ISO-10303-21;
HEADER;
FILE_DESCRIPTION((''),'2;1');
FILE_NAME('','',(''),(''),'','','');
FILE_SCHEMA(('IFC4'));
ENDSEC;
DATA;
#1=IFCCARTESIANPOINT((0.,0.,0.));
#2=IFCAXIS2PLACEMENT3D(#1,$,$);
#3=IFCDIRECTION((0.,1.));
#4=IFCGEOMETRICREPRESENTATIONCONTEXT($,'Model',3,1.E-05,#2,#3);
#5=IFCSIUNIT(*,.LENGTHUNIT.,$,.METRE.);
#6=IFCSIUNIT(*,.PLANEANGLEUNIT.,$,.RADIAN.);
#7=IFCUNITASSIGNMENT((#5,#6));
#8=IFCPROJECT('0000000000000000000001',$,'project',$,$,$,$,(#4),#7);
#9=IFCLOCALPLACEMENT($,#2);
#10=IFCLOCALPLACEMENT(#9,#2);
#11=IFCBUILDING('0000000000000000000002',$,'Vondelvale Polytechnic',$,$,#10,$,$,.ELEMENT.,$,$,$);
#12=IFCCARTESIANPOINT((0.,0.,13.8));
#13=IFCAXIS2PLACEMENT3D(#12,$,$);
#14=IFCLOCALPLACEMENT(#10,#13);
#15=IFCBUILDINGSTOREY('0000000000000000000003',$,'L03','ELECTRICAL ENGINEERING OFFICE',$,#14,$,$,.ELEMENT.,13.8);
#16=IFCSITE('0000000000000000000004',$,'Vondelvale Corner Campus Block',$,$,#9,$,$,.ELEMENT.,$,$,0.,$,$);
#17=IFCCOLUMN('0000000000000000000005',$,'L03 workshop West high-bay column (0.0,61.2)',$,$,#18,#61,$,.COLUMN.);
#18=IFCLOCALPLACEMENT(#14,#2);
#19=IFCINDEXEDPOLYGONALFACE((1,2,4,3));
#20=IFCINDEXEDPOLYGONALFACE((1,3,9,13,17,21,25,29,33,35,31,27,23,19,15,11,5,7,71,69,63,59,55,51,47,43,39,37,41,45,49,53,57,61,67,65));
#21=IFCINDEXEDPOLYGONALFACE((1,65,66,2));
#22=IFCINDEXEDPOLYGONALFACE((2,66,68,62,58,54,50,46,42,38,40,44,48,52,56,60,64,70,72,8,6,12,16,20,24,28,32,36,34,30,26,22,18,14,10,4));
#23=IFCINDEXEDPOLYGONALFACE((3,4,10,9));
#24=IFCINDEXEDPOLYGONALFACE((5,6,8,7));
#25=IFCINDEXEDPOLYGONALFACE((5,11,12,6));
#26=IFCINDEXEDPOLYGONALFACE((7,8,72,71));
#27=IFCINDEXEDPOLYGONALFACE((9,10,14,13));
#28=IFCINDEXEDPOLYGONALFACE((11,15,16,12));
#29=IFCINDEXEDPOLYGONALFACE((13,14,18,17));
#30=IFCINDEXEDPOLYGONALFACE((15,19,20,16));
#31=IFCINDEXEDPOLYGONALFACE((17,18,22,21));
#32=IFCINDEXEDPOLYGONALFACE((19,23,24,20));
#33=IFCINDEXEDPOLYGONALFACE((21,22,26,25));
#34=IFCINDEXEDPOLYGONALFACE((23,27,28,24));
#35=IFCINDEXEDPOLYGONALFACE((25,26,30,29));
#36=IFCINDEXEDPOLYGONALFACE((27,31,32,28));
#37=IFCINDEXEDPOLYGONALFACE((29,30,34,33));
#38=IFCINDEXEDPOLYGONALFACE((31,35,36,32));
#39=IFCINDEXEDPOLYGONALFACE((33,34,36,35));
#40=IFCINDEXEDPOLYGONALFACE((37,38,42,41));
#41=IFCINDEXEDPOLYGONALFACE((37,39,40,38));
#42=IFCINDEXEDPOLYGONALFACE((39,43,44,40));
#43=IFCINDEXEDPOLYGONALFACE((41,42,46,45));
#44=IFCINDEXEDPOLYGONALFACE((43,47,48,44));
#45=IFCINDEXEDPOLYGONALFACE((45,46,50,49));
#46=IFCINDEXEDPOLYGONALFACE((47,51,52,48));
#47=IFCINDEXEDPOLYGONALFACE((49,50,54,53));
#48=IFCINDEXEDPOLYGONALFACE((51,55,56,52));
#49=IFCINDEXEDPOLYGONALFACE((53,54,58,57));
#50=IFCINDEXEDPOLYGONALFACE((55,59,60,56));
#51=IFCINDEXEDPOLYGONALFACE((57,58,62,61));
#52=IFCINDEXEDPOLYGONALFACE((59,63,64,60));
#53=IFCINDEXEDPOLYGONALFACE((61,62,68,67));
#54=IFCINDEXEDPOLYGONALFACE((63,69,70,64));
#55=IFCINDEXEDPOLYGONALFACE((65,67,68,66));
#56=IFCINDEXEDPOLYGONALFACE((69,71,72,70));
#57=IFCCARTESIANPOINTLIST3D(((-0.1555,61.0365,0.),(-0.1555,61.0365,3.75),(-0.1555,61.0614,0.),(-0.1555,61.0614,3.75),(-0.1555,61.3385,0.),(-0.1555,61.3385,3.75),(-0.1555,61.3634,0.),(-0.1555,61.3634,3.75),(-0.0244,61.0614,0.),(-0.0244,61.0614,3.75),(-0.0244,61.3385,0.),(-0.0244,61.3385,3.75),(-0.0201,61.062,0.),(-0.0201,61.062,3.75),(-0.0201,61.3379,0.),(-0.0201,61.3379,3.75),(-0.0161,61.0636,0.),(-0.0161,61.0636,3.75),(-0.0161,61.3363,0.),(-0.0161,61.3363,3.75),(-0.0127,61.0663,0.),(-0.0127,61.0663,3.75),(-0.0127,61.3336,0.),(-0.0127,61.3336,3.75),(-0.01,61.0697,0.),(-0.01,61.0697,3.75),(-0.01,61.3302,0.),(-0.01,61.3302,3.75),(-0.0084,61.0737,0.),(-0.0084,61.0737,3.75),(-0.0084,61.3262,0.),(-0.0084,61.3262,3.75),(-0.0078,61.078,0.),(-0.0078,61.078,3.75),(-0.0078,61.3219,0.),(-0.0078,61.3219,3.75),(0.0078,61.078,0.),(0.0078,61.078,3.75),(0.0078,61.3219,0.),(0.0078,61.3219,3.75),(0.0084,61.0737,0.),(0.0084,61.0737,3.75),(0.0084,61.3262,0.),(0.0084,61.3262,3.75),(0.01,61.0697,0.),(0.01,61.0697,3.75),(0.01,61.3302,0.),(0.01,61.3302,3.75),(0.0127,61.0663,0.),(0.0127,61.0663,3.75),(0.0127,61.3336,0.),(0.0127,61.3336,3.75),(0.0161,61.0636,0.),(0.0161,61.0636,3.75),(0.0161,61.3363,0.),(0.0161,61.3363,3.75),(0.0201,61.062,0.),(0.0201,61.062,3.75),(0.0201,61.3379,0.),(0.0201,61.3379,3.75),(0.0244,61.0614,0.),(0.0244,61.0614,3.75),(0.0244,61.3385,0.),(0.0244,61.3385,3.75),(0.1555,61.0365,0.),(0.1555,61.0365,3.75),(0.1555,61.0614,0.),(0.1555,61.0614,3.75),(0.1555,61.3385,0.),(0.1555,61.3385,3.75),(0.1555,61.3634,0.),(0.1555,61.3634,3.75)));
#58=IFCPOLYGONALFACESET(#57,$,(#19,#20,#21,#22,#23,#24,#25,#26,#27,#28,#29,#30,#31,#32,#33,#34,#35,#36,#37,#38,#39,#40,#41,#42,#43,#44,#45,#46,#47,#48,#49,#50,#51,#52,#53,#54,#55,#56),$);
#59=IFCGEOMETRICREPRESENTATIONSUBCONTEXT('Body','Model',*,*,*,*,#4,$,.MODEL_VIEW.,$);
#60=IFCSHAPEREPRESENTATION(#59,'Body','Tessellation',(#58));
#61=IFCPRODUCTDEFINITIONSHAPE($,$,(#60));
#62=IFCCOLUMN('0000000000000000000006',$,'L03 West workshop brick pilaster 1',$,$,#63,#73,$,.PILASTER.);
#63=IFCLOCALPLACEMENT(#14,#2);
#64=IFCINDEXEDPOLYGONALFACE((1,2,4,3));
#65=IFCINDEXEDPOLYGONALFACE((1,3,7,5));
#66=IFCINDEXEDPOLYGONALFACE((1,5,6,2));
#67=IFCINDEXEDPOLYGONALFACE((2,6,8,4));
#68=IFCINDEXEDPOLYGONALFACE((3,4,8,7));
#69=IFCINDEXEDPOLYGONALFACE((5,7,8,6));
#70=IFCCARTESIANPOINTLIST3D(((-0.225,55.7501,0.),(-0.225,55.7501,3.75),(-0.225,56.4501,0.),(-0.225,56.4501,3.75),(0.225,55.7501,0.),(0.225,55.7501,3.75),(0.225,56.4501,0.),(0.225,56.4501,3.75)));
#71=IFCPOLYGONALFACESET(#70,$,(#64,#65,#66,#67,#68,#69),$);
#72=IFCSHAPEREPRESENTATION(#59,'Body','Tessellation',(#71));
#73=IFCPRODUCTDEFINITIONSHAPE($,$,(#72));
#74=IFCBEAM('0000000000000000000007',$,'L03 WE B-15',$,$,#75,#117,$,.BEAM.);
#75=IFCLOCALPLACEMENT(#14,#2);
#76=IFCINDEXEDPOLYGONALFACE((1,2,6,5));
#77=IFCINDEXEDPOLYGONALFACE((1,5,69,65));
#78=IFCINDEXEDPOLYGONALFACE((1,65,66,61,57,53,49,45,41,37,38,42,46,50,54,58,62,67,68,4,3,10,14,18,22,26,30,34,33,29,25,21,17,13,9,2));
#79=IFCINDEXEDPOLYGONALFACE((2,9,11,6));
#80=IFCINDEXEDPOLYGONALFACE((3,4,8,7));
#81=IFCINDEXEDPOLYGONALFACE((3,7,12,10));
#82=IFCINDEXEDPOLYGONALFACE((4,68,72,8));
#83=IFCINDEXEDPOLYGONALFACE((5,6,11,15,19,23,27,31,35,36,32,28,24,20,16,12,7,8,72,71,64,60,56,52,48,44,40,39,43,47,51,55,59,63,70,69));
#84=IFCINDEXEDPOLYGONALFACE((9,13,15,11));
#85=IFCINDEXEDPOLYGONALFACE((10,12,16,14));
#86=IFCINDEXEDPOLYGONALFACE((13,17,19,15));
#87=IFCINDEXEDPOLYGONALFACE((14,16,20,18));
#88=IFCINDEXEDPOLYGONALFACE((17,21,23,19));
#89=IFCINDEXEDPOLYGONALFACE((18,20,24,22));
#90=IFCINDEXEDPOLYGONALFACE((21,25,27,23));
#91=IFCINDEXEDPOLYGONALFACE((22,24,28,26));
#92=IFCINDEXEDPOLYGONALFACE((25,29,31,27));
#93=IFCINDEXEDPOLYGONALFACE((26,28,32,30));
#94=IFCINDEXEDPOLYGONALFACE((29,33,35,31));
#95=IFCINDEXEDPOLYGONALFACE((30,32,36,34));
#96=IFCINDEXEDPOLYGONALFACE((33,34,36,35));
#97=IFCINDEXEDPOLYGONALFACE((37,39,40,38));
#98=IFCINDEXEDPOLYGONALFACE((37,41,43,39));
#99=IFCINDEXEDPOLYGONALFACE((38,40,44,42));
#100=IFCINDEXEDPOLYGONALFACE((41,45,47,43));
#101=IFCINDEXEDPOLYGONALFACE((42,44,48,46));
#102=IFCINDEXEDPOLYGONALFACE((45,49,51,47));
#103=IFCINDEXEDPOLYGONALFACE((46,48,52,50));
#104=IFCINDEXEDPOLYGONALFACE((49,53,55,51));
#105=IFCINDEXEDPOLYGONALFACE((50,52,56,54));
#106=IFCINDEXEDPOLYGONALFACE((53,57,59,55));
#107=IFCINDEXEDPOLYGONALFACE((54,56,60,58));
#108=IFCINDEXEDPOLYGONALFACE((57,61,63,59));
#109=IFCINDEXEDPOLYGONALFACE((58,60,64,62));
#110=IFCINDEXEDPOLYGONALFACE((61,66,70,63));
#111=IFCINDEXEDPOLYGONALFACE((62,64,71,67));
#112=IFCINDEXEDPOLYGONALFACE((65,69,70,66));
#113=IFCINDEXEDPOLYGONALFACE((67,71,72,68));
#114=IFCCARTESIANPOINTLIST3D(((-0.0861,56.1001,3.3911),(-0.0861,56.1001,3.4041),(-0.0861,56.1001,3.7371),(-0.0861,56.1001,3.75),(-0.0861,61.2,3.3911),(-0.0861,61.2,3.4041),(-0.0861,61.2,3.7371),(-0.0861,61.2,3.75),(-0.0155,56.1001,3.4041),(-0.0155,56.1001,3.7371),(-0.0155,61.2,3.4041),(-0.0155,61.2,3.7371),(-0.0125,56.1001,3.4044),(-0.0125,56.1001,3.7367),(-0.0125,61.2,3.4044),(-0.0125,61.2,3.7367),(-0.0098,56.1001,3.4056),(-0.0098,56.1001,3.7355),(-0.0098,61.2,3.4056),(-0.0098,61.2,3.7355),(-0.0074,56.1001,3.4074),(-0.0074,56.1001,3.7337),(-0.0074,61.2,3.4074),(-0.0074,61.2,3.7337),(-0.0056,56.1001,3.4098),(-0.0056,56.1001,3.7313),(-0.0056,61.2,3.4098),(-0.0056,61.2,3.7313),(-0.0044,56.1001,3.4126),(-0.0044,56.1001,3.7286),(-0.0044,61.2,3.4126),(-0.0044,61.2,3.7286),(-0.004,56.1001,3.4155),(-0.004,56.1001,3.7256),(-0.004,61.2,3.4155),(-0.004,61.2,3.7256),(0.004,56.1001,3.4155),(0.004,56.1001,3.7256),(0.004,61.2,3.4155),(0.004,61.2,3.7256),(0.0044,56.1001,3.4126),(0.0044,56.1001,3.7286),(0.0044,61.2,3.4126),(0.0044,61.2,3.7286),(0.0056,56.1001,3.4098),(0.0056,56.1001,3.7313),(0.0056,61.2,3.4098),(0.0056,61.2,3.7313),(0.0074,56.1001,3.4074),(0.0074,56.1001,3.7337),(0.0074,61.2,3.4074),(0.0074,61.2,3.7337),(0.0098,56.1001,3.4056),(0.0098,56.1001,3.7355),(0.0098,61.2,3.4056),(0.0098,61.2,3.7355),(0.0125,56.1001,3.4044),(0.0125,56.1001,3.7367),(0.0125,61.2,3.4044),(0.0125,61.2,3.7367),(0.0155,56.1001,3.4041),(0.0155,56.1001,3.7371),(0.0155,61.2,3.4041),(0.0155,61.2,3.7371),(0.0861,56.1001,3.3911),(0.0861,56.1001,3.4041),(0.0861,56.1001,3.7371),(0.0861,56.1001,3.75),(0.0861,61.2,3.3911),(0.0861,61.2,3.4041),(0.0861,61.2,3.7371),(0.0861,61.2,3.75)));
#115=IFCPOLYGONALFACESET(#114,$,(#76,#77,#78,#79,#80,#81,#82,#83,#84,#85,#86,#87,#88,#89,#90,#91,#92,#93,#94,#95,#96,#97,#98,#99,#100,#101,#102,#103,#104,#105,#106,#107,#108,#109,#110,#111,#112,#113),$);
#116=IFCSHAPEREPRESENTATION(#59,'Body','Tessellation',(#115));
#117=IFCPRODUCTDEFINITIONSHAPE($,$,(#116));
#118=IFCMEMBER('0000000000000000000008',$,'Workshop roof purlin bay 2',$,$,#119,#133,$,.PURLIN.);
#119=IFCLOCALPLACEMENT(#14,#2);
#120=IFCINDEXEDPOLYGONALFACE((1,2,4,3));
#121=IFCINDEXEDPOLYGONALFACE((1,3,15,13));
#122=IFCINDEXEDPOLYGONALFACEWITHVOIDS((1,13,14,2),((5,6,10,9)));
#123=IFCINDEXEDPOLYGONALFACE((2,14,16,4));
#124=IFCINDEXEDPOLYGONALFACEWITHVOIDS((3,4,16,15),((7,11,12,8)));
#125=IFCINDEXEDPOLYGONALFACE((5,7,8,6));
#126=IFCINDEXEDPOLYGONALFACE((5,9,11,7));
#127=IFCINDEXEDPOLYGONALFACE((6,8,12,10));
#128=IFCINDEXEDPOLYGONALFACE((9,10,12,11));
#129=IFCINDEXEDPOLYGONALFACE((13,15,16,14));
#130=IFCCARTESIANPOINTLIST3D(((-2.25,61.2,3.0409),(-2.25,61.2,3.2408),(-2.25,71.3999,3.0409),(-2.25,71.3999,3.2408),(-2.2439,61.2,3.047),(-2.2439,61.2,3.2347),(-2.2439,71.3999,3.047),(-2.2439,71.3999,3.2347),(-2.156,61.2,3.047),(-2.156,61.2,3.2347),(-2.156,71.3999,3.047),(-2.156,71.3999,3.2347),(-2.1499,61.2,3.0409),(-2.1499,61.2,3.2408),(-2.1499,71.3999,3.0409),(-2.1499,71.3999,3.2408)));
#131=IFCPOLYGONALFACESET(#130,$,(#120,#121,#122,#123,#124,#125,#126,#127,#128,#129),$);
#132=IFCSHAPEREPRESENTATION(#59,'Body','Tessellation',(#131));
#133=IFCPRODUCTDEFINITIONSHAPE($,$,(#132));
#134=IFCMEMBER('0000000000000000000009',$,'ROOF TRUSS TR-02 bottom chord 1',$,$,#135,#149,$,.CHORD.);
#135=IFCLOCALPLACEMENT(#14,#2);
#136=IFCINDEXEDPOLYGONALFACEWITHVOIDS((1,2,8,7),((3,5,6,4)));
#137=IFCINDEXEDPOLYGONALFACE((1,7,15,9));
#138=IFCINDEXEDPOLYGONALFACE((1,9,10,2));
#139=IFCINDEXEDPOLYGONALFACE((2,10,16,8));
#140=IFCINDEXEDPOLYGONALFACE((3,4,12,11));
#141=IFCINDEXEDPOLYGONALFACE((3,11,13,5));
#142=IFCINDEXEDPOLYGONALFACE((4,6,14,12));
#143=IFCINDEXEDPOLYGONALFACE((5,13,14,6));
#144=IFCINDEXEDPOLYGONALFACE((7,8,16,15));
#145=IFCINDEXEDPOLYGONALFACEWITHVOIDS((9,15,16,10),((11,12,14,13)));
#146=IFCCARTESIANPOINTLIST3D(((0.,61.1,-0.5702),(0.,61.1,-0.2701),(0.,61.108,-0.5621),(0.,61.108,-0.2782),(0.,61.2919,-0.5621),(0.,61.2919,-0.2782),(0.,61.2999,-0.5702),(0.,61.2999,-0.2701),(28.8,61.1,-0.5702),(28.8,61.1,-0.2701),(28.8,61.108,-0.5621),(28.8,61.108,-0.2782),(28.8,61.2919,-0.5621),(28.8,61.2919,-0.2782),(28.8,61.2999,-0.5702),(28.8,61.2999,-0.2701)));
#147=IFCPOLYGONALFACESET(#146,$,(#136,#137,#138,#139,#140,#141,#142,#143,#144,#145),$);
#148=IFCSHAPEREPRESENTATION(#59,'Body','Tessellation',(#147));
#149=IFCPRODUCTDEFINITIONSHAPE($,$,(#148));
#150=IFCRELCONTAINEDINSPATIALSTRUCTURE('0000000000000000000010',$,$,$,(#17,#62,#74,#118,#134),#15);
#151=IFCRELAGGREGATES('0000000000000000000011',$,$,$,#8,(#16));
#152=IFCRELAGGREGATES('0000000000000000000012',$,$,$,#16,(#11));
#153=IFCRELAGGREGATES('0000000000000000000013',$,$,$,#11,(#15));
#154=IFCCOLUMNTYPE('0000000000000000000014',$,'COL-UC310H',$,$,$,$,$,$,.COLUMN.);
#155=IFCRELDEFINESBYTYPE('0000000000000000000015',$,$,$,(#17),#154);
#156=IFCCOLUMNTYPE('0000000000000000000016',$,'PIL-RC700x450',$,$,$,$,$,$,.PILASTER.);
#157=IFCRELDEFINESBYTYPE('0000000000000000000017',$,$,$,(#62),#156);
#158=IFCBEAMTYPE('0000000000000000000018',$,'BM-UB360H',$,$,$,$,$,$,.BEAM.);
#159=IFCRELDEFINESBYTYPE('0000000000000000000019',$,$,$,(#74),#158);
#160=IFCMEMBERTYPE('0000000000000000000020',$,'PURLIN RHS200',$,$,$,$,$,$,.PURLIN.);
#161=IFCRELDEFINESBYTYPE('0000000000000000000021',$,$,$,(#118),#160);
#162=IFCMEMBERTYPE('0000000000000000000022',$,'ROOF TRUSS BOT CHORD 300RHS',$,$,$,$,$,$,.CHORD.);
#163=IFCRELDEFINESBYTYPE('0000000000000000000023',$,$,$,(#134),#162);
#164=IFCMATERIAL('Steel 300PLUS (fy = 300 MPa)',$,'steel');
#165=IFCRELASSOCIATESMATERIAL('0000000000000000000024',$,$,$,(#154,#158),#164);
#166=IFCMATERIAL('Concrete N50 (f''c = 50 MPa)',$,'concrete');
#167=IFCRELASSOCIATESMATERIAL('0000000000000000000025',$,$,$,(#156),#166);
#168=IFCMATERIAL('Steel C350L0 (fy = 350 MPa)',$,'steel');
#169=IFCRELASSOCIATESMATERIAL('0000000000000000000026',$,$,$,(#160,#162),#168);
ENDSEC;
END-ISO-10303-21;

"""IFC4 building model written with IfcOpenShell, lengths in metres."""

from ifc_helpers import new_model, si_unit, direction, frame, origin, origin_2d, place, context, subcontext, project, spatial, rectangle, hollow_rectangle, i_section, extrude, material, material_profile, profile_set, type_object, element, save


model = new_model("IFC4")

# Units and contexts
model_context = context("Model", 3, precision=1e-05, world=origin(), true_north=direction((0.0, 1.0)))
body_context = subcontext(model_context, "Body", "Model", "MODEL_VIEW")
ifc_project = project(units=[si_unit("LENGTHUNIT", "METRE"), si_unit("PLANEANGLEUNIT", "RADIAN")], contexts=[model_context])

# Site, building, storey
site_placement = place(None, origin())
site = spatial("IfcSite", under=ifc_project, at=site_placement, Name="Vondelvale Corner Campus Block", CompositionType="ELEMENT", RefElevation=0.0)
building_placement = place(site_placement, origin())
building = spatial("IfcBuilding", under=site, at=building_placement, Name="Vondelvale Polytechnic", CompositionType="ELEMENT")
storey_placement = place(building_placement, frame((0.0, 0.0, 13.8)))
storey = spatial("IfcBuildingStorey", under=building, at=storey_placement, Name="L03", Description="ELECTRICAL ENGINEERING OFFICE", CompositionType="ELEMENT", Elevation=13.8)

# Columns
ifc_material_1 = material(Name="Steel 300PLUS (fy = 300 MPa)", Category="steel")
ifc_material_profile_1 = material_profile(ifc_material_1, i_section(OverallWidth=0.311, OverallDepth=0.3269, WebThickness=0.0156, FlangeThickness=0.0249, FilletRadius=0.0166, at=origin_2d()), Name="310UC158")
ifc_profile_set_1 = profile_set([ifc_material_profile_1], Name="Steel 300PLUS (fy = 300 MPa)")
column_type_1 = type_object("IfcColumnType", Name="COL-UC310H", PredefinedType="COLUMN", material=ifc_profile_set_1)
column_1_placement = place(storey_placement, frame((0.0, 61.2, 0.0), z_axis=(0.0, 0.0, 1.0), x_axis=(1.0, 0.0, 0.0)))
element("IfcColumn", 1, at=column_1_placement, inside=storey, type_object=column_type_1, Name="L03 workshop West high-bay column (0.0,61.2)", PredefinedType="COLUMN", context=body_context, shape_type="SweptSolid", body=[
    extrude(i_section(OverallWidth=0.311, OverallDepth=0.3269, WebThickness=0.0156, FlangeThickness=0.0249, FilletRadius=0.0166, at=origin_2d()), origin(), (0.0, 0.0, 1.0), 3.75),
])
ifc_material_2 = material(Name="Concrete N50 (f'c = 50 MPa)", Category="concrete")
ifc_material_profile_2 = material_profile(ifc_material_2, rectangle(XDim=0.45, YDim=0.7, at=origin_2d()), Name="RC-PIL-700x450")
ifc_profile_set_2 = profile_set([ifc_material_profile_2], Name="Concrete N50 (f'c = 50 MPa)")
column_type_2 = type_object("IfcColumnType", Name="PIL-RC700x450", PredefinedType="PILASTER", material=ifc_profile_set_2)
column_2_placement = place(storey_placement, frame((0.0, 56.1001, 0.0), z_axis=(0.0, 0.0, 1.0), x_axis=(1.0, 0.0, 0.0)))
element("IfcColumn", 2, at=column_2_placement, inside=storey, type_object=column_type_2, Name="L03 West workshop brick pilaster 1", PredefinedType="PILASTER", context=body_context, shape_type="SweptSolid", body=[
    extrude(rectangle(XDim=0.45, YDim=0.7, at=origin_2d()), origin(), (0.0, 0.0, 1.0), 3.75),
])

# Beam
ifc_material_profile_3 = material_profile(ifc_material_1, i_section(OverallWidth=0.1721, OverallDepth=0.3589, WebThickness=0.0081, FlangeThickness=0.0129, FilletRadius=0.0115, at=origin_2d()), Name="360UB56.7")
ifc_profile_set_3 = profile_set([ifc_material_profile_3], Name="Steel 300PLUS (fy = 300 MPa)")
beam_type = type_object("IfcBeamType", Name="BM-UB360H", PredefinedType="BEAM", material=ifc_profile_set_3)
beam_placement = place(storey_placement, frame((0.0, 56.1001, 3.5706), z_axis=(0.0, 1.0, 0.0), x_axis=(-1.0, 0.0, 0.0)))
element("IfcBeam", 3, at=beam_placement, inside=storey, type_object=beam_type, Name="L03 WE B-15", PredefinedType="BEAM", context=body_context, shape_type="SweptSolid", body=[
    extrude(i_section(OverallWidth=0.1721, OverallDepth=0.3589, WebThickness=0.0081, FlangeThickness=0.0129, FilletRadius=0.0115, at=origin_2d()), origin(), (0.0, 0.0, 1.0), 5.0999),
])

# Members
ifc_material_3 = material(Name="Steel C350L0 (fy = 350 MPa)", Category="steel")
ifc_material_profile_4 = material_profile(ifc_material_3, hollow_rectangle(XDim=0.1001, YDim=0.2, WallThickness=0.0061, at=origin_2d()), Name="200x100x6.0RHS")
ifc_profile_set_4 = profile_set([ifc_material_profile_4], Name="Steel C350L0 (fy = 350 MPa)")
member_type_1 = type_object("IfcMemberType", Name="PURLIN RHS200", PredefinedType="PURLIN", material=ifc_profile_set_4)
member_1_placement = place(storey_placement, frame((-2.2, 61.2, 3.1409), z_axis=(0.0, 1.0, 0.0), x_axis=(-1.0, 0.0, 0.0)))
element("IfcMember", 4, at=member_1_placement, inside=storey, type_object=member_type_1, Name="Workshop roof purlin bay 2", PredefinedType="PURLIN", context=body_context, shape_type="SweptSolid", body=[
    extrude(hollow_rectangle(XDim=0.1001, YDim=0.2, WallThickness=0.0061, at=origin_2d()), origin(), (0.0, 0.0, 1.0), 10.2),
])
ifc_material_profile_5 = material_profile(ifc_material_3, hollow_rectangle(XDim=0.2, YDim=0.3, WallThickness=0.0081, at=origin_2d()), Name="300x200x8.0RHS")
ifc_profile_set_5 = profile_set([ifc_material_profile_5], Name="Steel C350L0 (fy = 350 MPa)")
member_type_2 = type_object("IfcMemberType", Name="ROOF TRUSS BOT CHORD 300RHS", PredefinedType="CHORD", material=ifc_profile_set_5)
member_2_placement = place(storey_placement, frame((0.0, 61.2, -0.4202), z_axis=(1.0, 0.0, 0.0), x_axis=(0.0, 1.0, 0.0)))
element("IfcMember", 5, at=member_2_placement, inside=storey, type_object=member_type_2, Name="ROOF TRUSS TR-02 bottom chord 1", PredefinedType="CHORD", context=body_context, shape_type="SweptSolid", body=[
    extrude(hollow_rectangle(XDim=0.2, YDim=0.3, WallThickness=0.0081, at=origin_2d()), origin(), (0.0, 0.0, 1.0), 28.8),
])

save(model, "model.ifc")
